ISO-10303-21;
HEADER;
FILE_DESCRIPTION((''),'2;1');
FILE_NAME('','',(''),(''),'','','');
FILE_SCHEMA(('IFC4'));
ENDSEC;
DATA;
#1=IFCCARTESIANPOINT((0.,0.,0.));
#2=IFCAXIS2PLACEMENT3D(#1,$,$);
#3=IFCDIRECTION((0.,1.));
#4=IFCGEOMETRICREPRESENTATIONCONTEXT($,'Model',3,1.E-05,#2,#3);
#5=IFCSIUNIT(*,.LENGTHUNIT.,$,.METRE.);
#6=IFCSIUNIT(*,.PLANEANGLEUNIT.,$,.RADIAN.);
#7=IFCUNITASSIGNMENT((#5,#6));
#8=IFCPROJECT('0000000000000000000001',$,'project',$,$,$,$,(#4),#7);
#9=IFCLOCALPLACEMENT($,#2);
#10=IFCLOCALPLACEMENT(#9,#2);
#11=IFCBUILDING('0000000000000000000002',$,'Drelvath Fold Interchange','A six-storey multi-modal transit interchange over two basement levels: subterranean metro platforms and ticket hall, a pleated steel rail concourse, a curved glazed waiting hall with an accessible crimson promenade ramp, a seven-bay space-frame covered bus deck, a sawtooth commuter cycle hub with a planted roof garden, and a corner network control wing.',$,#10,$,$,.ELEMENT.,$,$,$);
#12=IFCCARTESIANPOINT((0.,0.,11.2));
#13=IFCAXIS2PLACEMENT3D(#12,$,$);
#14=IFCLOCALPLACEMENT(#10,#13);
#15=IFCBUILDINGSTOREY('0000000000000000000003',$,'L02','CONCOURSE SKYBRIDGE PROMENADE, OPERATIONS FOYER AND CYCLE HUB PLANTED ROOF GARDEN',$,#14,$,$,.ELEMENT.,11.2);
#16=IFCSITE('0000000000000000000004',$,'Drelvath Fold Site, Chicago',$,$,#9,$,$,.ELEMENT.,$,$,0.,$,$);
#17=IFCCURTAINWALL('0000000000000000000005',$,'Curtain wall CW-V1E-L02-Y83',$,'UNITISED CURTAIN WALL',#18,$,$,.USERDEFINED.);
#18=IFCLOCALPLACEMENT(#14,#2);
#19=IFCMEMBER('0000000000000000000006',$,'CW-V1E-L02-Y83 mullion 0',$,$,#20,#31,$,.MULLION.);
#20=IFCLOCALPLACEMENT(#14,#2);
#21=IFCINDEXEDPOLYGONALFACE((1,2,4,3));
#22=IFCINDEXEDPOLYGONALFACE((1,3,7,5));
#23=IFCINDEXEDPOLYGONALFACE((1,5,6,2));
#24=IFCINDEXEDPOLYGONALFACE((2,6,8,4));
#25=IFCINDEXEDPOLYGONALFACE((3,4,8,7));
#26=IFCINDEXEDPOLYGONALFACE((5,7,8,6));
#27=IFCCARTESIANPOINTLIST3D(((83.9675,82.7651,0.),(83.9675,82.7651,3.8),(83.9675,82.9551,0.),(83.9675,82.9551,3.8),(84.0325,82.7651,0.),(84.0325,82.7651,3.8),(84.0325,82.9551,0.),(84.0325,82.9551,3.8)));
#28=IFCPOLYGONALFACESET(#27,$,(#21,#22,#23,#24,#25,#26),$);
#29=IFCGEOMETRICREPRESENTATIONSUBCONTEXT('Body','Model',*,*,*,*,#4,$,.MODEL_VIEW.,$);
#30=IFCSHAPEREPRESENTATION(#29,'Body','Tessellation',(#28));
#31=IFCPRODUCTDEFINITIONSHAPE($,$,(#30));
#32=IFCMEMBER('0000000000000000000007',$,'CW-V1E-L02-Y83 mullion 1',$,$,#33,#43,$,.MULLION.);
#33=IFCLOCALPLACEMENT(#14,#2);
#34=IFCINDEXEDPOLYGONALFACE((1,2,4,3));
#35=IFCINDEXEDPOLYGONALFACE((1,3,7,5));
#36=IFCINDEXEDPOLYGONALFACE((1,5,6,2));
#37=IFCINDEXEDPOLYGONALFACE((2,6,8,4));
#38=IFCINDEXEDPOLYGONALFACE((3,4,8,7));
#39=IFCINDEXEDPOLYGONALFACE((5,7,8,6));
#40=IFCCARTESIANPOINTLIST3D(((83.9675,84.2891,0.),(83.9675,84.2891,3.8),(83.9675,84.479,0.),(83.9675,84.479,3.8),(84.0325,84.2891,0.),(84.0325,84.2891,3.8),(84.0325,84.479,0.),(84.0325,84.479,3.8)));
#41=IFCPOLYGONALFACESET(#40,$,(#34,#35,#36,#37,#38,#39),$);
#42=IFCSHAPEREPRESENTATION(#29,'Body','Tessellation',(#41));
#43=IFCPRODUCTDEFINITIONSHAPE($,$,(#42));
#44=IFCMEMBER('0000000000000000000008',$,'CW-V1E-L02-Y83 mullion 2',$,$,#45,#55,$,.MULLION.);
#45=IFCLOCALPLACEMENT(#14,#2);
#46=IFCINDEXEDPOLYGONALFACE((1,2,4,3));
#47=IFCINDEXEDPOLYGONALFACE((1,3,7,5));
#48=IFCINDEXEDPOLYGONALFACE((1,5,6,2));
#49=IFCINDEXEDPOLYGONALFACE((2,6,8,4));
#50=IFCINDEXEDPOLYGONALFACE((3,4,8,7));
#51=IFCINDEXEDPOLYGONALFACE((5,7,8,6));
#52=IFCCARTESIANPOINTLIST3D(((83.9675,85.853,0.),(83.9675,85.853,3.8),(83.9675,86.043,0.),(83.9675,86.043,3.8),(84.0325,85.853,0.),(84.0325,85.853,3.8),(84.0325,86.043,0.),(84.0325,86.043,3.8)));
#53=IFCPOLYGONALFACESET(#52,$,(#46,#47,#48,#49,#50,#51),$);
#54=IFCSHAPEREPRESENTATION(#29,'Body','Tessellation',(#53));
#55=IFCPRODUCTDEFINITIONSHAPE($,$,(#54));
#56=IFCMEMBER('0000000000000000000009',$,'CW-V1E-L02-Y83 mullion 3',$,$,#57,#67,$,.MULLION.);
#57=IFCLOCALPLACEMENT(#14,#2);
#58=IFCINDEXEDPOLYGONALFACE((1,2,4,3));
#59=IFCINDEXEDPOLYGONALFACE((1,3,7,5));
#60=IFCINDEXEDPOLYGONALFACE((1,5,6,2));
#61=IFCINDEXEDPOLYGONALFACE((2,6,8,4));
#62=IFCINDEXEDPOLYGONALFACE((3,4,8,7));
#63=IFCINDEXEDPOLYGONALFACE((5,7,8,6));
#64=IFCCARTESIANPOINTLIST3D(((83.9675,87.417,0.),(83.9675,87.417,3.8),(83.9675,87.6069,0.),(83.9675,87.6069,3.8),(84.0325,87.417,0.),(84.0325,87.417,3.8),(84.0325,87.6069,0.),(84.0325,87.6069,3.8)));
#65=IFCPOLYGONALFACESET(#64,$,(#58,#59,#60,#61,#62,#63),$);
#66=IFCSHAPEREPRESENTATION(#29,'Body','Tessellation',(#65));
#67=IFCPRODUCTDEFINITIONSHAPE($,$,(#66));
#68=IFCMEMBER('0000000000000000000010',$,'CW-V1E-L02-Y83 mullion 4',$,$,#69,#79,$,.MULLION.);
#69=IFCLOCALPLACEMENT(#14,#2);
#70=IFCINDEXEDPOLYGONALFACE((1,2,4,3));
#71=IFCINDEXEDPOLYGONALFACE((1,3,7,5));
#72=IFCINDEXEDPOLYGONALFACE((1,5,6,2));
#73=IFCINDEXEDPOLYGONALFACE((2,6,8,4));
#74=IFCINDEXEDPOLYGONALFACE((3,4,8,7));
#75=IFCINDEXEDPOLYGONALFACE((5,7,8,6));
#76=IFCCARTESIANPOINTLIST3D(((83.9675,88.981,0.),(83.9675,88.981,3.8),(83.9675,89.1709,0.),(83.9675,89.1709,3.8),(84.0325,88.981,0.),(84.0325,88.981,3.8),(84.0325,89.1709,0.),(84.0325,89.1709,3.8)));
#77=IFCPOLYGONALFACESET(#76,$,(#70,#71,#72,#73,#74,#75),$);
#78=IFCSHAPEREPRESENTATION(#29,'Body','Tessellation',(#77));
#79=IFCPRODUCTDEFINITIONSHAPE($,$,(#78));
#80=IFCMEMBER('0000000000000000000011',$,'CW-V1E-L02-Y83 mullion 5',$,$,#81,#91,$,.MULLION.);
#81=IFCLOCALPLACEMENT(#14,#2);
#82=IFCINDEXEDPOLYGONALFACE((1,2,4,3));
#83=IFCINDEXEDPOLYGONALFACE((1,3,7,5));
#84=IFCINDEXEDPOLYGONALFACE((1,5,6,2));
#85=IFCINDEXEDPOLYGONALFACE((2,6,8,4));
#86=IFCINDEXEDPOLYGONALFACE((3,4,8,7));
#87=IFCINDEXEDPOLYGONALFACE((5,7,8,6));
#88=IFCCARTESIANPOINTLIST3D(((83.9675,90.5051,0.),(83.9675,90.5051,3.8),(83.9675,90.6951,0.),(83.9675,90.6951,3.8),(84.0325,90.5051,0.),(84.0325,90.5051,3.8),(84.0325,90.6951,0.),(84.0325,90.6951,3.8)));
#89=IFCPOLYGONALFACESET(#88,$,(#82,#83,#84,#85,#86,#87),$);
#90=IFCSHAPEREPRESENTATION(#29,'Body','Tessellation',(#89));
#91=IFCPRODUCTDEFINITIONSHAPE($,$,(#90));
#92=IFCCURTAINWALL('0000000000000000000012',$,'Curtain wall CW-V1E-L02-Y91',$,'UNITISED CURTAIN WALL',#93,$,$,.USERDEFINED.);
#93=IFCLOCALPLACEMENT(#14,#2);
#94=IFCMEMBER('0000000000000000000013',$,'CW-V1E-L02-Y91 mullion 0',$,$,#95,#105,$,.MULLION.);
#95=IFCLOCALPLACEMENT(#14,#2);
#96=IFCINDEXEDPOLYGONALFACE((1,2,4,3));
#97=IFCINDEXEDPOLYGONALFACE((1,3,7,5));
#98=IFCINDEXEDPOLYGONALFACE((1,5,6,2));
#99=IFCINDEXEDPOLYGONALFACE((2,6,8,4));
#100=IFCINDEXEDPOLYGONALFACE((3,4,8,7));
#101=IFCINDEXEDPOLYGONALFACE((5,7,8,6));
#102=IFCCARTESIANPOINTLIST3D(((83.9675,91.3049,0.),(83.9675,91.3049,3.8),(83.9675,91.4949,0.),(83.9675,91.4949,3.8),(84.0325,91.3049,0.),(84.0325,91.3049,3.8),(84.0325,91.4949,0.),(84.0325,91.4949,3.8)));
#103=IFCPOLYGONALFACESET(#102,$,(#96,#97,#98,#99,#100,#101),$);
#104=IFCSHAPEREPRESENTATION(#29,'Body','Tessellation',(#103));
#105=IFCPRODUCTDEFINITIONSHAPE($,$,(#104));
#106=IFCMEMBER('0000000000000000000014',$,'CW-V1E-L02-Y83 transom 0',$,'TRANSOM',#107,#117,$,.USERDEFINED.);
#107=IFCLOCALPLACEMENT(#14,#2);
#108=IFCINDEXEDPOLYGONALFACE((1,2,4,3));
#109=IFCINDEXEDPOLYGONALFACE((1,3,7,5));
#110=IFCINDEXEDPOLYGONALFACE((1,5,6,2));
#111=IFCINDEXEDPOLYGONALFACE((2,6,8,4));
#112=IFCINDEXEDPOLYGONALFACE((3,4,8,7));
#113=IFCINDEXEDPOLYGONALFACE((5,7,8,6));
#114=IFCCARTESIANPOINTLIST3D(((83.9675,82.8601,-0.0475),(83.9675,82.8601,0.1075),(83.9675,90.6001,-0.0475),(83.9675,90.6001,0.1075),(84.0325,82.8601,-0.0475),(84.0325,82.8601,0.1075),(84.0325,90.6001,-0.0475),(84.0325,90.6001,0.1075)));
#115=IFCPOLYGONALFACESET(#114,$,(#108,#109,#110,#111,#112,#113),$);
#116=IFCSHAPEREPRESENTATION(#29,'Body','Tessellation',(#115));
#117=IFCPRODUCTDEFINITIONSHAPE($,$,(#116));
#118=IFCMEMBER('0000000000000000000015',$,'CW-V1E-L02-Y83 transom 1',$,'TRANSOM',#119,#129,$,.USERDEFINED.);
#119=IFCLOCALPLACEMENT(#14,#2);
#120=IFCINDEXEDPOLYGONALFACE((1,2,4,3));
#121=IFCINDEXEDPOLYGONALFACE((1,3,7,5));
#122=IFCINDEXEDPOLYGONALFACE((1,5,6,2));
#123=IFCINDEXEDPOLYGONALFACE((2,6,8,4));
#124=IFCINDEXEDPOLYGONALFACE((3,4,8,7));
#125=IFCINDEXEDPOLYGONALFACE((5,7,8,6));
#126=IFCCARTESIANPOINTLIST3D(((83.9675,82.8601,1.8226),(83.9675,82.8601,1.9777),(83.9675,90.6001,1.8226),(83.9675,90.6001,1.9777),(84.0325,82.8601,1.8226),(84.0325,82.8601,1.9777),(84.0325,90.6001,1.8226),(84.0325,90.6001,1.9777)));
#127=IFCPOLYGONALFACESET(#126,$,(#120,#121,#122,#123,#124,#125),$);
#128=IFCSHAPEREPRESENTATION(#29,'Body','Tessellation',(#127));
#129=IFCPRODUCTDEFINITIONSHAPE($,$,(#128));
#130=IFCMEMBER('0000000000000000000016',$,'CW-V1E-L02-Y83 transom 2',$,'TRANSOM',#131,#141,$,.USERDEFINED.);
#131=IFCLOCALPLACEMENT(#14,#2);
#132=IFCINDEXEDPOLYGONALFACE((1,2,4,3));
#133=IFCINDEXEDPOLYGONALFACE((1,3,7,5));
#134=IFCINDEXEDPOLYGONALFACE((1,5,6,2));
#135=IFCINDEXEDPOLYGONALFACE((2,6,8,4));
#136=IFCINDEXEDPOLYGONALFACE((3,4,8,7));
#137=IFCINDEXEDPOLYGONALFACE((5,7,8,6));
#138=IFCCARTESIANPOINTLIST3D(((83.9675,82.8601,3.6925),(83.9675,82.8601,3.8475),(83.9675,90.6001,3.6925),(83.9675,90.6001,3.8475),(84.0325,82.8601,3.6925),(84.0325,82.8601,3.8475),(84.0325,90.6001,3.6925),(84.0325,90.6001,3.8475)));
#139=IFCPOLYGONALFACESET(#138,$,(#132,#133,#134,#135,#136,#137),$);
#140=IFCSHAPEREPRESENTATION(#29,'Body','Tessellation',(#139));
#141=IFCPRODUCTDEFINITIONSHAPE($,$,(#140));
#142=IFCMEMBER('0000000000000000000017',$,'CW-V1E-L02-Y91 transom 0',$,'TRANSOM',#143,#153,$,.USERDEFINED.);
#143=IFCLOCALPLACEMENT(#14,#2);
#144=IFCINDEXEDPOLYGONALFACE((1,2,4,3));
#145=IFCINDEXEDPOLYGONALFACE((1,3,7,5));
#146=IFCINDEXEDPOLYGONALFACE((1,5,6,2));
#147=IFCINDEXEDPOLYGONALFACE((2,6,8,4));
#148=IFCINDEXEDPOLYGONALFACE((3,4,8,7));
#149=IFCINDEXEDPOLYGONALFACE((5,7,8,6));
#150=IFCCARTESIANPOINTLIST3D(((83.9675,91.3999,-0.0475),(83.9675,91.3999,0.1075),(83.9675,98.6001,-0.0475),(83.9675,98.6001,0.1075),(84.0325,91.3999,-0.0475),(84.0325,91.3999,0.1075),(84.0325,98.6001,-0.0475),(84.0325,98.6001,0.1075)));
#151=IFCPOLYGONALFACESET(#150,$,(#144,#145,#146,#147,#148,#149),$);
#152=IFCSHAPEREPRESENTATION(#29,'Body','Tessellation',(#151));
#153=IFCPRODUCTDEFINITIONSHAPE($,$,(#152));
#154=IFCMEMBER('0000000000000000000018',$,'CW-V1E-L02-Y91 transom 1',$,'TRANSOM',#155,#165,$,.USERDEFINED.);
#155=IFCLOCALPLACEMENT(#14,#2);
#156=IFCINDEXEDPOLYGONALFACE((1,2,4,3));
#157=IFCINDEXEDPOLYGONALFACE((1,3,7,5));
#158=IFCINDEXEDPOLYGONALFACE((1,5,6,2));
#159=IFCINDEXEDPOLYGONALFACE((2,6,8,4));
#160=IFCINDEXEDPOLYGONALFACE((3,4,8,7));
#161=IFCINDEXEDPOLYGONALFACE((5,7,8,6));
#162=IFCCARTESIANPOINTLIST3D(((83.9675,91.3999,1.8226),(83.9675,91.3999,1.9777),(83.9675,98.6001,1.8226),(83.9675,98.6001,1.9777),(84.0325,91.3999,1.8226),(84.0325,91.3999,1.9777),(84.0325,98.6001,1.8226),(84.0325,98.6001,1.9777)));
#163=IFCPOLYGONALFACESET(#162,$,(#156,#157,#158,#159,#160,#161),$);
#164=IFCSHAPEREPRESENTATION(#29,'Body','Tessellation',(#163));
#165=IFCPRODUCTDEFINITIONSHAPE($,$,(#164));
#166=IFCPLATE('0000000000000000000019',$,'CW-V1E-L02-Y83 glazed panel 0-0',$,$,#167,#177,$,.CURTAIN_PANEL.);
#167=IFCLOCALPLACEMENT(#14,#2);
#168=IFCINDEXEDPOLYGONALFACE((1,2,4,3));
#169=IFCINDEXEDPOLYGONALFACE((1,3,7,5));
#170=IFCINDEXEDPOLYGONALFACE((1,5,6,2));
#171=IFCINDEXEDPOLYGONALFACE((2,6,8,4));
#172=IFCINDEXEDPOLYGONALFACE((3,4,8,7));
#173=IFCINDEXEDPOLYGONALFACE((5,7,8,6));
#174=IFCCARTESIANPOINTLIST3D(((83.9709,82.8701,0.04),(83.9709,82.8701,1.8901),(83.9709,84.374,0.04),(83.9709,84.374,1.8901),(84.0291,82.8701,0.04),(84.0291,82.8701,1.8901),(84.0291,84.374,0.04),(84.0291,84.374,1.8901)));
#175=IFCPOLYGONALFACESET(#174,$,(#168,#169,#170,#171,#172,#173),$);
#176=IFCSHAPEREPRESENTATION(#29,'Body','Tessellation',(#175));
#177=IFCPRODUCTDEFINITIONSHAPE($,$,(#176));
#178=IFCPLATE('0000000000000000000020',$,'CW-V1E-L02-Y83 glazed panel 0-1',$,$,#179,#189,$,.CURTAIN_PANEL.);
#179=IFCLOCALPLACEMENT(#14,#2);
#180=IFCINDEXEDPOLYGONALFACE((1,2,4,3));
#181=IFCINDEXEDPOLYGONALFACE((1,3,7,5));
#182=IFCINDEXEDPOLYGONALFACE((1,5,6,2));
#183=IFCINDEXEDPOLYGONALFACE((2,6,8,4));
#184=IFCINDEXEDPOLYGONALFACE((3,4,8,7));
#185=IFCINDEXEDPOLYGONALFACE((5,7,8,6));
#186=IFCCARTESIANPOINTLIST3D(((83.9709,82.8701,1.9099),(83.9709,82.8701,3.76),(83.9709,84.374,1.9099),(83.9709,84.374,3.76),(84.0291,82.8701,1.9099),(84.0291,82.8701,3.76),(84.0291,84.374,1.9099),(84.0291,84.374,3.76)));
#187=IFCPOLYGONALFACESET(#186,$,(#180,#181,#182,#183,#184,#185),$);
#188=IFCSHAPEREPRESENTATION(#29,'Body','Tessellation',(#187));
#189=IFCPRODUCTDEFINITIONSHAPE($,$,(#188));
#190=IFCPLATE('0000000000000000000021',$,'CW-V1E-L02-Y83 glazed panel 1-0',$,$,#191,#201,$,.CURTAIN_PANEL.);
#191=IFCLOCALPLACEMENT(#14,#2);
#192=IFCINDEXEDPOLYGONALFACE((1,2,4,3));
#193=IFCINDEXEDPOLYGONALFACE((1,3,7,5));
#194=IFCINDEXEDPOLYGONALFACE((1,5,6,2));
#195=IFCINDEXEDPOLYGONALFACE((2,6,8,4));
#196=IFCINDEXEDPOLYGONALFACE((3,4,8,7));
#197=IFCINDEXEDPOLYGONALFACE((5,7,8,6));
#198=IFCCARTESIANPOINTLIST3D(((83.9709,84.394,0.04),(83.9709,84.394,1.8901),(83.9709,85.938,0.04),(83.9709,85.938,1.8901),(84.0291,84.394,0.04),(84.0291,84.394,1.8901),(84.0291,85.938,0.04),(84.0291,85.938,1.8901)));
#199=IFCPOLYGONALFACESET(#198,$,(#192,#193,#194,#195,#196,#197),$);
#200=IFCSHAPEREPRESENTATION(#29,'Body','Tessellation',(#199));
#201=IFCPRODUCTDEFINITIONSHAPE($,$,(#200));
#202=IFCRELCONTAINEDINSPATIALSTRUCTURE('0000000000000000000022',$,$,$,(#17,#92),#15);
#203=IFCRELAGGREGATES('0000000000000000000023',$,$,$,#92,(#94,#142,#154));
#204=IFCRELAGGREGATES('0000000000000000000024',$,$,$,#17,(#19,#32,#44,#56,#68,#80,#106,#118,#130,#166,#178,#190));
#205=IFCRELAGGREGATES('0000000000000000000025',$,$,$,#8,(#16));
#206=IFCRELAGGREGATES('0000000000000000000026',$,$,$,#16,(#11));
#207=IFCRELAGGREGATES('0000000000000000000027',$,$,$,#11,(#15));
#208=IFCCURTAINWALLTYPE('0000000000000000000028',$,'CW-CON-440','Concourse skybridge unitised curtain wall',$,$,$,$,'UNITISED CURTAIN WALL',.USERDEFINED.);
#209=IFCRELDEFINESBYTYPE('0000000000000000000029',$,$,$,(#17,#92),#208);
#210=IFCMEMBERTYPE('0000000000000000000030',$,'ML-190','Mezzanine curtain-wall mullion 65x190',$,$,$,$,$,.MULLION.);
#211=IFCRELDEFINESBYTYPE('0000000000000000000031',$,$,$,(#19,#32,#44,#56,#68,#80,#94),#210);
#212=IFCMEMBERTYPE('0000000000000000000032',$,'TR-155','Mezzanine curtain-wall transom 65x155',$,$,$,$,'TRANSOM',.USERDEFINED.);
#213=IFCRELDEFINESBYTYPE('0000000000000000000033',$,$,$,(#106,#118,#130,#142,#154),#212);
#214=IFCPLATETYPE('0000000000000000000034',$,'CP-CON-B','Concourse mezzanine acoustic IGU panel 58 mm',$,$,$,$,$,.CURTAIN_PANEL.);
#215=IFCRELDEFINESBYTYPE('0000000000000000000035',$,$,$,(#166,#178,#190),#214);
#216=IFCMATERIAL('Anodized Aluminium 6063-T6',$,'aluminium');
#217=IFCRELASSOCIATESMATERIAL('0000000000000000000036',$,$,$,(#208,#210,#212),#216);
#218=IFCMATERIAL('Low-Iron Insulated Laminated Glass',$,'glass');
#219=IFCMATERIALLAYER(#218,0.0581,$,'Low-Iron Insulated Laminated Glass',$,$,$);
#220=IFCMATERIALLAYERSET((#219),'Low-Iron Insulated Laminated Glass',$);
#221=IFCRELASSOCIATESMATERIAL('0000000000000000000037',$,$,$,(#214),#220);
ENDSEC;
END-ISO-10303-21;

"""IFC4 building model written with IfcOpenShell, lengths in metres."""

from ifc_helpers import new_model, si_unit, direction, frame, origin, origin_2d, place, context, subcontext, project, spatial, rectangle, extrude, material, layer, layer_set, material_profile, profile_set, type_object, element, aggregate, save


model = new_model("IFC4")

# Units and contexts
model_context = context("Model", 3, precision=1e-05, world=origin(), true_north=direction((0.0, 1.0)))
body_context = subcontext(model_context, "Body", "Model", "MODEL_VIEW")
ifc_project = project(units=[si_unit("LENGTHUNIT", "METRE"), si_unit("PLANEANGLEUNIT", "RADIAN")], contexts=[model_context])

# Site, building, storey
site_placement = place(None, origin())
site = spatial("IfcSite", under=ifc_project, at=site_placement, Name="Drelvath Fold Site, Chicago", CompositionType="ELEMENT", RefElevation=0.0)
building_placement = place(site_placement, origin())
building = spatial("IfcBuilding", under=site, at=building_placement, Name="Drelvath Fold Interchange", Description="A six-storey multi-modal transit interchange over two basement levels: subterranean metro platforms and ticket hall, a pleated steel rail concourse, a curved glazed waiting hall with an accessible crimson promenade ramp, a seven-bay space-frame covered bus deck, a sawtooth commuter cycle hub with a planted roof garden, and a corner network control wing.", CompositionType="ELEMENT")
storey_placement = place(building_placement, frame((0.0, 0.0, 11.2)))
storey = spatial("IfcBuildingStorey", under=building, at=storey_placement, Name="L02", Description="CONCOURSE SKYBRIDGE PROMENADE, OPERATIONS FOYER AND CYCLE HUB PLANTED ROOF GARDEN", CompositionType="ELEMENT", Elevation=11.2)

# Curtain wall, members
ifc_material_1 = material(Name="Anodized Aluminium 6063-T6", Category="aluminium")
curtain_wall_type = type_object("IfcCurtainWallType", Name="CW-CON-440", Description="Concourse skybridge unitised curtain wall", ElementType="UNITISED CURTAIN WALL", PredefinedType="USERDEFINED", material=ifc_material_1)
curtain_wall_1_placement = place(storey_placement, origin())
curtain_wall_1 = element("IfcCurtainWall", 1, at=curtain_wall_1_placement, inside=storey, type_object=curtain_wall_type, Name="Curtain wall CW-V1E-L02-Y83", ObjectType="UNITISED CURTAIN WALL", PredefinedType="USERDEFINED")
ifc_material_profile_1 = material_profile(ifc_material_1, rectangle(XDim=0.0649, YDim=0.1899, at=origin_2d()), Name="AL-M 65x190")
ifc_profile_set_1 = profile_set([ifc_material_profile_1], Name="Anodized Aluminium 6063-T6")
member_type_1 = type_object("IfcMemberType", Name="ML-190", Description="Mezzanine curtain-wall mullion 65x190", PredefinedType="MULLION", material=ifc_profile_set_1)
member_1_placement = place(storey_placement, frame((84.0, 82.8601, 0.0), z_axis=(0.0, 0.0, 1.0), x_axis=(1.0, 0.0, 0.0)))
member_1 = element("IfcMember", 2, at=member_1_placement, type_object=member_type_1, Name="CW-V1E-L02-Y83 mullion 0", PredefinedType="MULLION", context=body_context, shape_type="SweptSolid", body=[
    extrude(rectangle(XDim=0.0649, YDim=0.1899, at=origin_2d()), origin(), (0.0, 0.0, 1.0), 3.8),
])
member_2_placement = place(storey_placement, frame((84.0, 84.384, 0.0), z_axis=(0.0, 0.0, 1.0), x_axis=(1.0, 0.0, 0.0)))
member_2 = element("IfcMember", 3, at=member_2_placement, type_object=member_type_1, Name="CW-V1E-L02-Y83 mullion 1", PredefinedType="MULLION", context=body_context, shape_type="SweptSolid", body=[
    extrude(rectangle(XDim=0.0649, YDim=0.1899, at=origin_2d()), origin(), (0.0, 0.0, 1.0), 3.8),
])
member_3_placement = place(storey_placement, frame((84.0, 85.948, 0.0), z_axis=(0.0, 0.0, 1.0), x_axis=(1.0, 0.0, 0.0)))
member_3 = element("IfcMember", 4, at=member_3_placement, type_object=member_type_1, Name="CW-V1E-L02-Y83 mullion 2", PredefinedType="MULLION", context=body_context, shape_type="SweptSolid", body=[
    extrude(rectangle(XDim=0.0649, YDim=0.1899, at=origin_2d()), origin(), (0.0, 0.0, 1.0), 3.8),
])
member_4_placement = place(storey_placement, frame((84.0, 87.512, 0.0), z_axis=(0.0, 0.0, 1.0), x_axis=(1.0, 0.0, 0.0)))
member_4 = element("IfcMember", 5, at=member_4_placement, type_object=member_type_1, Name="CW-V1E-L02-Y83 mullion 3", PredefinedType="MULLION", context=body_context, shape_type="SweptSolid", body=[
    extrude(rectangle(XDim=0.0649, YDim=0.1899, at=origin_2d()), origin(), (0.0, 0.0, 1.0), 3.8),
])
member_5_placement = place(storey_placement, frame((84.0, 89.0759, 0.0), z_axis=(0.0, 0.0, 1.0), x_axis=(1.0, 0.0, 0.0)))
member_5 = element("IfcMember", 6, at=member_5_placement, type_object=member_type_1, Name="CW-V1E-L02-Y83 mullion 4", PredefinedType="MULLION", context=body_context, shape_type="SweptSolid", body=[
    extrude(rectangle(XDim=0.0649, YDim=0.1899, at=origin_2d()), origin(), (0.0, 0.0, 1.0), 3.8),
])
member_6_placement = place(storey_placement, frame((84.0, 90.6001, 0.0), z_axis=(0.0, 0.0, 1.0), x_axis=(1.0, 0.0, 0.0)))
member_6 = element("IfcMember", 7, at=member_6_placement, type_object=member_type_1, Name="CW-V1E-L02-Y83 mullion 5", PredefinedType="MULLION", context=body_context, shape_type="SweptSolid", body=[
    extrude(rectangle(XDim=0.0649, YDim=0.1899, at=origin_2d()), origin(), (0.0, 0.0, 1.0), 3.8),
])

# Curtain wall, member
curtain_wall_2_placement = place(storey_placement, origin())
curtain_wall_2 = element("IfcCurtainWall", 8, at=curtain_wall_2_placement, inside=storey, type_object=curtain_wall_type, Name="Curtain wall CW-V1E-L02-Y91", ObjectType="UNITISED CURTAIN WALL", PredefinedType="USERDEFINED")
member_7_placement = place(storey_placement, frame((84.0, 91.3999, 0.0), z_axis=(0.0, 0.0, 1.0), x_axis=(1.0, 0.0, 0.0)))
member_7 = element("IfcMember", 9, at=member_7_placement, type_object=member_type_1, Name="CW-V1E-L02-Y91 mullion 0", PredefinedType="MULLION", context=body_context, shape_type="SweptSolid", body=[
    extrude(rectangle(XDim=0.0649, YDim=0.1899, at=origin_2d()), origin(), (0.0, 0.0, 1.0), 3.8),
])

# Members
ifc_material_profile_2 = material_profile(ifc_material_1, rectangle(XDim=0.0649, YDim=0.155, at=origin_2d()), Name="AL-T 65x155")
ifc_profile_set_2 = profile_set([ifc_material_profile_2], Name="Anodized Aluminium 6063-T6")
member_type_2 = type_object("IfcMemberType", Name="TR-155", Description="Mezzanine curtain-wall transom 65x155", ElementType="TRANSOM", PredefinedType="USERDEFINED", material=ifc_profile_set_2)
member_8_placement = place(storey_placement, frame((84.0, 82.8601, 0.03), z_axis=(0.0, 1.0, 0.0), x_axis=(-1.0, 0.0, 0.0)))
member_8 = element("IfcMember", 10, at=member_8_placement, type_object=member_type_2, Name="CW-V1E-L02-Y83 transom 0", ObjectType="TRANSOM", PredefinedType="USERDEFINED", context=body_context, shape_type="SweptSolid", body=[
    extrude(rectangle(XDim=0.0649, YDim=0.155, at=origin_2d()), origin(), (0.0, 0.0, 1.0), 7.74),
])
member_9_placement = place(storey_placement, frame((84.0, 82.8601, 1.9001), z_axis=(0.0, 1.0, 0.0), x_axis=(-1.0, 0.0, 0.0)))
member_9 = element("IfcMember", 11, at=member_9_placement, type_object=member_type_2, Name="CW-V1E-L02-Y83 transom 1", ObjectType="TRANSOM", PredefinedType="USERDEFINED", context=body_context, shape_type="SweptSolid", body=[
    extrude(rectangle(XDim=0.0649, YDim=0.155, at=origin_2d()), origin(), (0.0, 0.0, 1.0), 7.74),
])
member_10_placement = place(storey_placement, frame((84.0, 82.8601, 3.77), z_axis=(0.0, 1.0, 0.0), x_axis=(-1.0, 0.0, 0.0)))
member_10 = element("IfcMember", 12, at=member_10_placement, type_object=member_type_2, Name="CW-V1E-L02-Y83 transom 2", ObjectType="TRANSOM", PredefinedType="USERDEFINED", context=body_context, shape_type="SweptSolid", body=[
    extrude(rectangle(XDim=0.0649, YDim=0.155, at=origin_2d()), origin(), (0.0, 0.0, 1.0), 7.74),
])
member_11_placement = place(storey_placement, frame((84.0, 91.3999, 0.03), z_axis=(0.0, 1.0, 0.0), x_axis=(-1.0, 0.0, 0.0)))
member_11 = element("IfcMember", 13, at=member_11_placement, type_object=member_type_2, Name="CW-V1E-L02-Y91 transom 0", ObjectType="TRANSOM", PredefinedType="USERDEFINED", context=body_context, shape_type="SweptSolid", body=[
    extrude(rectangle(XDim=0.0649, YDim=0.155, at=origin_2d()), origin(), (0.0, 0.0, 1.0), 7.2002),
])
member_12_placement = place(storey_placement, frame((84.0, 91.3999, 1.9001), z_axis=(0.0, 1.0, 0.0), x_axis=(-1.0, 0.0, 0.0)))
member_12 = element("IfcMember", 14, at=member_12_placement, type_object=member_type_2, Name="CW-V1E-L02-Y91 transom 1", ObjectType="TRANSOM", PredefinedType="USERDEFINED", context=body_context, shape_type="SweptSolid", body=[
    extrude(rectangle(XDim=0.0649, YDim=0.155, at=origin_2d()), origin(), (0.0, 0.0, 1.0), 7.2002),
])
aggregate(curtain_wall_2, [member_7, member_11, member_12])

# Plates
ifc_material_2 = material(Name="Low-Iron Insulated Laminated Glass", Category="glass")
ifc_layer = layer(ifc_material_2, 0.0581, Name="Low-Iron Insulated Laminated Glass")
ifc_layer_set = layer_set([ifc_layer], Name="Low-Iron Insulated Laminated Glass")
plate_type = type_object("IfcPlateType", Name="CP-CON-B", Description="Concourse mezzanine acoustic IGU panel 58 mm", PredefinedType="CURTAIN_PANEL", material=ifc_layer_set)
plate_1_placement = place(storey_placement, frame((84.0, 83.6221, 0.04), z_axis=(0.0, 0.0, 1.0), x_axis=(0.0, 1.0, 0.0)))
plate_1 = element("IfcPlate", 15, at=plate_1_placement, type_object=plate_type, Name="CW-V1E-L02-Y83 glazed panel 0-0", PredefinedType="CURTAIN_PANEL", context=body_context, shape_type="SweptSolid", body=[
    extrude(rectangle(XDim=1.5039, YDim=0.0581, at=origin_2d()), origin(), (0.0, 0.0, 1.0), 1.8501),
])
plate_2_placement = place(storey_placement, frame((84.0, 83.6221, 1.9099), z_axis=(0.0, 0.0, 1.0), x_axis=(0.0, 1.0, 0.0)))
plate_2 = element("IfcPlate", 16, at=plate_2_placement, type_object=plate_type, Name="CW-V1E-L02-Y83 glazed panel 0-1", PredefinedType="CURTAIN_PANEL", context=body_context, shape_type="SweptSolid", body=[
    extrude(rectangle(XDim=1.5039, YDim=0.0581, at=origin_2d()), origin(), (0.0, 0.0, 1.0), 1.8501),
])
plate_3_placement = place(storey_placement, frame((84.0, 85.166, 0.04), z_axis=(0.0, 0.0, 1.0), x_axis=(0.0, 1.0, 0.0)))
plate_3 = element("IfcPlate", 17, at=plate_3_placement, type_object=plate_type, Name="CW-V1E-L02-Y83 glazed panel 1-0", PredefinedType="CURTAIN_PANEL", context=body_context, shape_type="SweptSolid", body=[
    extrude(rectangle(XDim=1.5439, YDim=0.0581, at=origin_2d()), origin(), (0.0, 0.0, 1.0), 1.8501),
])
aggregate(curtain_wall_1, [member_1, member_2, member_3, member_4, member_5, member_6, member_8, member_9, member_10, plate_1, plate_2, plate_3])

save(model, "model.ifc")
